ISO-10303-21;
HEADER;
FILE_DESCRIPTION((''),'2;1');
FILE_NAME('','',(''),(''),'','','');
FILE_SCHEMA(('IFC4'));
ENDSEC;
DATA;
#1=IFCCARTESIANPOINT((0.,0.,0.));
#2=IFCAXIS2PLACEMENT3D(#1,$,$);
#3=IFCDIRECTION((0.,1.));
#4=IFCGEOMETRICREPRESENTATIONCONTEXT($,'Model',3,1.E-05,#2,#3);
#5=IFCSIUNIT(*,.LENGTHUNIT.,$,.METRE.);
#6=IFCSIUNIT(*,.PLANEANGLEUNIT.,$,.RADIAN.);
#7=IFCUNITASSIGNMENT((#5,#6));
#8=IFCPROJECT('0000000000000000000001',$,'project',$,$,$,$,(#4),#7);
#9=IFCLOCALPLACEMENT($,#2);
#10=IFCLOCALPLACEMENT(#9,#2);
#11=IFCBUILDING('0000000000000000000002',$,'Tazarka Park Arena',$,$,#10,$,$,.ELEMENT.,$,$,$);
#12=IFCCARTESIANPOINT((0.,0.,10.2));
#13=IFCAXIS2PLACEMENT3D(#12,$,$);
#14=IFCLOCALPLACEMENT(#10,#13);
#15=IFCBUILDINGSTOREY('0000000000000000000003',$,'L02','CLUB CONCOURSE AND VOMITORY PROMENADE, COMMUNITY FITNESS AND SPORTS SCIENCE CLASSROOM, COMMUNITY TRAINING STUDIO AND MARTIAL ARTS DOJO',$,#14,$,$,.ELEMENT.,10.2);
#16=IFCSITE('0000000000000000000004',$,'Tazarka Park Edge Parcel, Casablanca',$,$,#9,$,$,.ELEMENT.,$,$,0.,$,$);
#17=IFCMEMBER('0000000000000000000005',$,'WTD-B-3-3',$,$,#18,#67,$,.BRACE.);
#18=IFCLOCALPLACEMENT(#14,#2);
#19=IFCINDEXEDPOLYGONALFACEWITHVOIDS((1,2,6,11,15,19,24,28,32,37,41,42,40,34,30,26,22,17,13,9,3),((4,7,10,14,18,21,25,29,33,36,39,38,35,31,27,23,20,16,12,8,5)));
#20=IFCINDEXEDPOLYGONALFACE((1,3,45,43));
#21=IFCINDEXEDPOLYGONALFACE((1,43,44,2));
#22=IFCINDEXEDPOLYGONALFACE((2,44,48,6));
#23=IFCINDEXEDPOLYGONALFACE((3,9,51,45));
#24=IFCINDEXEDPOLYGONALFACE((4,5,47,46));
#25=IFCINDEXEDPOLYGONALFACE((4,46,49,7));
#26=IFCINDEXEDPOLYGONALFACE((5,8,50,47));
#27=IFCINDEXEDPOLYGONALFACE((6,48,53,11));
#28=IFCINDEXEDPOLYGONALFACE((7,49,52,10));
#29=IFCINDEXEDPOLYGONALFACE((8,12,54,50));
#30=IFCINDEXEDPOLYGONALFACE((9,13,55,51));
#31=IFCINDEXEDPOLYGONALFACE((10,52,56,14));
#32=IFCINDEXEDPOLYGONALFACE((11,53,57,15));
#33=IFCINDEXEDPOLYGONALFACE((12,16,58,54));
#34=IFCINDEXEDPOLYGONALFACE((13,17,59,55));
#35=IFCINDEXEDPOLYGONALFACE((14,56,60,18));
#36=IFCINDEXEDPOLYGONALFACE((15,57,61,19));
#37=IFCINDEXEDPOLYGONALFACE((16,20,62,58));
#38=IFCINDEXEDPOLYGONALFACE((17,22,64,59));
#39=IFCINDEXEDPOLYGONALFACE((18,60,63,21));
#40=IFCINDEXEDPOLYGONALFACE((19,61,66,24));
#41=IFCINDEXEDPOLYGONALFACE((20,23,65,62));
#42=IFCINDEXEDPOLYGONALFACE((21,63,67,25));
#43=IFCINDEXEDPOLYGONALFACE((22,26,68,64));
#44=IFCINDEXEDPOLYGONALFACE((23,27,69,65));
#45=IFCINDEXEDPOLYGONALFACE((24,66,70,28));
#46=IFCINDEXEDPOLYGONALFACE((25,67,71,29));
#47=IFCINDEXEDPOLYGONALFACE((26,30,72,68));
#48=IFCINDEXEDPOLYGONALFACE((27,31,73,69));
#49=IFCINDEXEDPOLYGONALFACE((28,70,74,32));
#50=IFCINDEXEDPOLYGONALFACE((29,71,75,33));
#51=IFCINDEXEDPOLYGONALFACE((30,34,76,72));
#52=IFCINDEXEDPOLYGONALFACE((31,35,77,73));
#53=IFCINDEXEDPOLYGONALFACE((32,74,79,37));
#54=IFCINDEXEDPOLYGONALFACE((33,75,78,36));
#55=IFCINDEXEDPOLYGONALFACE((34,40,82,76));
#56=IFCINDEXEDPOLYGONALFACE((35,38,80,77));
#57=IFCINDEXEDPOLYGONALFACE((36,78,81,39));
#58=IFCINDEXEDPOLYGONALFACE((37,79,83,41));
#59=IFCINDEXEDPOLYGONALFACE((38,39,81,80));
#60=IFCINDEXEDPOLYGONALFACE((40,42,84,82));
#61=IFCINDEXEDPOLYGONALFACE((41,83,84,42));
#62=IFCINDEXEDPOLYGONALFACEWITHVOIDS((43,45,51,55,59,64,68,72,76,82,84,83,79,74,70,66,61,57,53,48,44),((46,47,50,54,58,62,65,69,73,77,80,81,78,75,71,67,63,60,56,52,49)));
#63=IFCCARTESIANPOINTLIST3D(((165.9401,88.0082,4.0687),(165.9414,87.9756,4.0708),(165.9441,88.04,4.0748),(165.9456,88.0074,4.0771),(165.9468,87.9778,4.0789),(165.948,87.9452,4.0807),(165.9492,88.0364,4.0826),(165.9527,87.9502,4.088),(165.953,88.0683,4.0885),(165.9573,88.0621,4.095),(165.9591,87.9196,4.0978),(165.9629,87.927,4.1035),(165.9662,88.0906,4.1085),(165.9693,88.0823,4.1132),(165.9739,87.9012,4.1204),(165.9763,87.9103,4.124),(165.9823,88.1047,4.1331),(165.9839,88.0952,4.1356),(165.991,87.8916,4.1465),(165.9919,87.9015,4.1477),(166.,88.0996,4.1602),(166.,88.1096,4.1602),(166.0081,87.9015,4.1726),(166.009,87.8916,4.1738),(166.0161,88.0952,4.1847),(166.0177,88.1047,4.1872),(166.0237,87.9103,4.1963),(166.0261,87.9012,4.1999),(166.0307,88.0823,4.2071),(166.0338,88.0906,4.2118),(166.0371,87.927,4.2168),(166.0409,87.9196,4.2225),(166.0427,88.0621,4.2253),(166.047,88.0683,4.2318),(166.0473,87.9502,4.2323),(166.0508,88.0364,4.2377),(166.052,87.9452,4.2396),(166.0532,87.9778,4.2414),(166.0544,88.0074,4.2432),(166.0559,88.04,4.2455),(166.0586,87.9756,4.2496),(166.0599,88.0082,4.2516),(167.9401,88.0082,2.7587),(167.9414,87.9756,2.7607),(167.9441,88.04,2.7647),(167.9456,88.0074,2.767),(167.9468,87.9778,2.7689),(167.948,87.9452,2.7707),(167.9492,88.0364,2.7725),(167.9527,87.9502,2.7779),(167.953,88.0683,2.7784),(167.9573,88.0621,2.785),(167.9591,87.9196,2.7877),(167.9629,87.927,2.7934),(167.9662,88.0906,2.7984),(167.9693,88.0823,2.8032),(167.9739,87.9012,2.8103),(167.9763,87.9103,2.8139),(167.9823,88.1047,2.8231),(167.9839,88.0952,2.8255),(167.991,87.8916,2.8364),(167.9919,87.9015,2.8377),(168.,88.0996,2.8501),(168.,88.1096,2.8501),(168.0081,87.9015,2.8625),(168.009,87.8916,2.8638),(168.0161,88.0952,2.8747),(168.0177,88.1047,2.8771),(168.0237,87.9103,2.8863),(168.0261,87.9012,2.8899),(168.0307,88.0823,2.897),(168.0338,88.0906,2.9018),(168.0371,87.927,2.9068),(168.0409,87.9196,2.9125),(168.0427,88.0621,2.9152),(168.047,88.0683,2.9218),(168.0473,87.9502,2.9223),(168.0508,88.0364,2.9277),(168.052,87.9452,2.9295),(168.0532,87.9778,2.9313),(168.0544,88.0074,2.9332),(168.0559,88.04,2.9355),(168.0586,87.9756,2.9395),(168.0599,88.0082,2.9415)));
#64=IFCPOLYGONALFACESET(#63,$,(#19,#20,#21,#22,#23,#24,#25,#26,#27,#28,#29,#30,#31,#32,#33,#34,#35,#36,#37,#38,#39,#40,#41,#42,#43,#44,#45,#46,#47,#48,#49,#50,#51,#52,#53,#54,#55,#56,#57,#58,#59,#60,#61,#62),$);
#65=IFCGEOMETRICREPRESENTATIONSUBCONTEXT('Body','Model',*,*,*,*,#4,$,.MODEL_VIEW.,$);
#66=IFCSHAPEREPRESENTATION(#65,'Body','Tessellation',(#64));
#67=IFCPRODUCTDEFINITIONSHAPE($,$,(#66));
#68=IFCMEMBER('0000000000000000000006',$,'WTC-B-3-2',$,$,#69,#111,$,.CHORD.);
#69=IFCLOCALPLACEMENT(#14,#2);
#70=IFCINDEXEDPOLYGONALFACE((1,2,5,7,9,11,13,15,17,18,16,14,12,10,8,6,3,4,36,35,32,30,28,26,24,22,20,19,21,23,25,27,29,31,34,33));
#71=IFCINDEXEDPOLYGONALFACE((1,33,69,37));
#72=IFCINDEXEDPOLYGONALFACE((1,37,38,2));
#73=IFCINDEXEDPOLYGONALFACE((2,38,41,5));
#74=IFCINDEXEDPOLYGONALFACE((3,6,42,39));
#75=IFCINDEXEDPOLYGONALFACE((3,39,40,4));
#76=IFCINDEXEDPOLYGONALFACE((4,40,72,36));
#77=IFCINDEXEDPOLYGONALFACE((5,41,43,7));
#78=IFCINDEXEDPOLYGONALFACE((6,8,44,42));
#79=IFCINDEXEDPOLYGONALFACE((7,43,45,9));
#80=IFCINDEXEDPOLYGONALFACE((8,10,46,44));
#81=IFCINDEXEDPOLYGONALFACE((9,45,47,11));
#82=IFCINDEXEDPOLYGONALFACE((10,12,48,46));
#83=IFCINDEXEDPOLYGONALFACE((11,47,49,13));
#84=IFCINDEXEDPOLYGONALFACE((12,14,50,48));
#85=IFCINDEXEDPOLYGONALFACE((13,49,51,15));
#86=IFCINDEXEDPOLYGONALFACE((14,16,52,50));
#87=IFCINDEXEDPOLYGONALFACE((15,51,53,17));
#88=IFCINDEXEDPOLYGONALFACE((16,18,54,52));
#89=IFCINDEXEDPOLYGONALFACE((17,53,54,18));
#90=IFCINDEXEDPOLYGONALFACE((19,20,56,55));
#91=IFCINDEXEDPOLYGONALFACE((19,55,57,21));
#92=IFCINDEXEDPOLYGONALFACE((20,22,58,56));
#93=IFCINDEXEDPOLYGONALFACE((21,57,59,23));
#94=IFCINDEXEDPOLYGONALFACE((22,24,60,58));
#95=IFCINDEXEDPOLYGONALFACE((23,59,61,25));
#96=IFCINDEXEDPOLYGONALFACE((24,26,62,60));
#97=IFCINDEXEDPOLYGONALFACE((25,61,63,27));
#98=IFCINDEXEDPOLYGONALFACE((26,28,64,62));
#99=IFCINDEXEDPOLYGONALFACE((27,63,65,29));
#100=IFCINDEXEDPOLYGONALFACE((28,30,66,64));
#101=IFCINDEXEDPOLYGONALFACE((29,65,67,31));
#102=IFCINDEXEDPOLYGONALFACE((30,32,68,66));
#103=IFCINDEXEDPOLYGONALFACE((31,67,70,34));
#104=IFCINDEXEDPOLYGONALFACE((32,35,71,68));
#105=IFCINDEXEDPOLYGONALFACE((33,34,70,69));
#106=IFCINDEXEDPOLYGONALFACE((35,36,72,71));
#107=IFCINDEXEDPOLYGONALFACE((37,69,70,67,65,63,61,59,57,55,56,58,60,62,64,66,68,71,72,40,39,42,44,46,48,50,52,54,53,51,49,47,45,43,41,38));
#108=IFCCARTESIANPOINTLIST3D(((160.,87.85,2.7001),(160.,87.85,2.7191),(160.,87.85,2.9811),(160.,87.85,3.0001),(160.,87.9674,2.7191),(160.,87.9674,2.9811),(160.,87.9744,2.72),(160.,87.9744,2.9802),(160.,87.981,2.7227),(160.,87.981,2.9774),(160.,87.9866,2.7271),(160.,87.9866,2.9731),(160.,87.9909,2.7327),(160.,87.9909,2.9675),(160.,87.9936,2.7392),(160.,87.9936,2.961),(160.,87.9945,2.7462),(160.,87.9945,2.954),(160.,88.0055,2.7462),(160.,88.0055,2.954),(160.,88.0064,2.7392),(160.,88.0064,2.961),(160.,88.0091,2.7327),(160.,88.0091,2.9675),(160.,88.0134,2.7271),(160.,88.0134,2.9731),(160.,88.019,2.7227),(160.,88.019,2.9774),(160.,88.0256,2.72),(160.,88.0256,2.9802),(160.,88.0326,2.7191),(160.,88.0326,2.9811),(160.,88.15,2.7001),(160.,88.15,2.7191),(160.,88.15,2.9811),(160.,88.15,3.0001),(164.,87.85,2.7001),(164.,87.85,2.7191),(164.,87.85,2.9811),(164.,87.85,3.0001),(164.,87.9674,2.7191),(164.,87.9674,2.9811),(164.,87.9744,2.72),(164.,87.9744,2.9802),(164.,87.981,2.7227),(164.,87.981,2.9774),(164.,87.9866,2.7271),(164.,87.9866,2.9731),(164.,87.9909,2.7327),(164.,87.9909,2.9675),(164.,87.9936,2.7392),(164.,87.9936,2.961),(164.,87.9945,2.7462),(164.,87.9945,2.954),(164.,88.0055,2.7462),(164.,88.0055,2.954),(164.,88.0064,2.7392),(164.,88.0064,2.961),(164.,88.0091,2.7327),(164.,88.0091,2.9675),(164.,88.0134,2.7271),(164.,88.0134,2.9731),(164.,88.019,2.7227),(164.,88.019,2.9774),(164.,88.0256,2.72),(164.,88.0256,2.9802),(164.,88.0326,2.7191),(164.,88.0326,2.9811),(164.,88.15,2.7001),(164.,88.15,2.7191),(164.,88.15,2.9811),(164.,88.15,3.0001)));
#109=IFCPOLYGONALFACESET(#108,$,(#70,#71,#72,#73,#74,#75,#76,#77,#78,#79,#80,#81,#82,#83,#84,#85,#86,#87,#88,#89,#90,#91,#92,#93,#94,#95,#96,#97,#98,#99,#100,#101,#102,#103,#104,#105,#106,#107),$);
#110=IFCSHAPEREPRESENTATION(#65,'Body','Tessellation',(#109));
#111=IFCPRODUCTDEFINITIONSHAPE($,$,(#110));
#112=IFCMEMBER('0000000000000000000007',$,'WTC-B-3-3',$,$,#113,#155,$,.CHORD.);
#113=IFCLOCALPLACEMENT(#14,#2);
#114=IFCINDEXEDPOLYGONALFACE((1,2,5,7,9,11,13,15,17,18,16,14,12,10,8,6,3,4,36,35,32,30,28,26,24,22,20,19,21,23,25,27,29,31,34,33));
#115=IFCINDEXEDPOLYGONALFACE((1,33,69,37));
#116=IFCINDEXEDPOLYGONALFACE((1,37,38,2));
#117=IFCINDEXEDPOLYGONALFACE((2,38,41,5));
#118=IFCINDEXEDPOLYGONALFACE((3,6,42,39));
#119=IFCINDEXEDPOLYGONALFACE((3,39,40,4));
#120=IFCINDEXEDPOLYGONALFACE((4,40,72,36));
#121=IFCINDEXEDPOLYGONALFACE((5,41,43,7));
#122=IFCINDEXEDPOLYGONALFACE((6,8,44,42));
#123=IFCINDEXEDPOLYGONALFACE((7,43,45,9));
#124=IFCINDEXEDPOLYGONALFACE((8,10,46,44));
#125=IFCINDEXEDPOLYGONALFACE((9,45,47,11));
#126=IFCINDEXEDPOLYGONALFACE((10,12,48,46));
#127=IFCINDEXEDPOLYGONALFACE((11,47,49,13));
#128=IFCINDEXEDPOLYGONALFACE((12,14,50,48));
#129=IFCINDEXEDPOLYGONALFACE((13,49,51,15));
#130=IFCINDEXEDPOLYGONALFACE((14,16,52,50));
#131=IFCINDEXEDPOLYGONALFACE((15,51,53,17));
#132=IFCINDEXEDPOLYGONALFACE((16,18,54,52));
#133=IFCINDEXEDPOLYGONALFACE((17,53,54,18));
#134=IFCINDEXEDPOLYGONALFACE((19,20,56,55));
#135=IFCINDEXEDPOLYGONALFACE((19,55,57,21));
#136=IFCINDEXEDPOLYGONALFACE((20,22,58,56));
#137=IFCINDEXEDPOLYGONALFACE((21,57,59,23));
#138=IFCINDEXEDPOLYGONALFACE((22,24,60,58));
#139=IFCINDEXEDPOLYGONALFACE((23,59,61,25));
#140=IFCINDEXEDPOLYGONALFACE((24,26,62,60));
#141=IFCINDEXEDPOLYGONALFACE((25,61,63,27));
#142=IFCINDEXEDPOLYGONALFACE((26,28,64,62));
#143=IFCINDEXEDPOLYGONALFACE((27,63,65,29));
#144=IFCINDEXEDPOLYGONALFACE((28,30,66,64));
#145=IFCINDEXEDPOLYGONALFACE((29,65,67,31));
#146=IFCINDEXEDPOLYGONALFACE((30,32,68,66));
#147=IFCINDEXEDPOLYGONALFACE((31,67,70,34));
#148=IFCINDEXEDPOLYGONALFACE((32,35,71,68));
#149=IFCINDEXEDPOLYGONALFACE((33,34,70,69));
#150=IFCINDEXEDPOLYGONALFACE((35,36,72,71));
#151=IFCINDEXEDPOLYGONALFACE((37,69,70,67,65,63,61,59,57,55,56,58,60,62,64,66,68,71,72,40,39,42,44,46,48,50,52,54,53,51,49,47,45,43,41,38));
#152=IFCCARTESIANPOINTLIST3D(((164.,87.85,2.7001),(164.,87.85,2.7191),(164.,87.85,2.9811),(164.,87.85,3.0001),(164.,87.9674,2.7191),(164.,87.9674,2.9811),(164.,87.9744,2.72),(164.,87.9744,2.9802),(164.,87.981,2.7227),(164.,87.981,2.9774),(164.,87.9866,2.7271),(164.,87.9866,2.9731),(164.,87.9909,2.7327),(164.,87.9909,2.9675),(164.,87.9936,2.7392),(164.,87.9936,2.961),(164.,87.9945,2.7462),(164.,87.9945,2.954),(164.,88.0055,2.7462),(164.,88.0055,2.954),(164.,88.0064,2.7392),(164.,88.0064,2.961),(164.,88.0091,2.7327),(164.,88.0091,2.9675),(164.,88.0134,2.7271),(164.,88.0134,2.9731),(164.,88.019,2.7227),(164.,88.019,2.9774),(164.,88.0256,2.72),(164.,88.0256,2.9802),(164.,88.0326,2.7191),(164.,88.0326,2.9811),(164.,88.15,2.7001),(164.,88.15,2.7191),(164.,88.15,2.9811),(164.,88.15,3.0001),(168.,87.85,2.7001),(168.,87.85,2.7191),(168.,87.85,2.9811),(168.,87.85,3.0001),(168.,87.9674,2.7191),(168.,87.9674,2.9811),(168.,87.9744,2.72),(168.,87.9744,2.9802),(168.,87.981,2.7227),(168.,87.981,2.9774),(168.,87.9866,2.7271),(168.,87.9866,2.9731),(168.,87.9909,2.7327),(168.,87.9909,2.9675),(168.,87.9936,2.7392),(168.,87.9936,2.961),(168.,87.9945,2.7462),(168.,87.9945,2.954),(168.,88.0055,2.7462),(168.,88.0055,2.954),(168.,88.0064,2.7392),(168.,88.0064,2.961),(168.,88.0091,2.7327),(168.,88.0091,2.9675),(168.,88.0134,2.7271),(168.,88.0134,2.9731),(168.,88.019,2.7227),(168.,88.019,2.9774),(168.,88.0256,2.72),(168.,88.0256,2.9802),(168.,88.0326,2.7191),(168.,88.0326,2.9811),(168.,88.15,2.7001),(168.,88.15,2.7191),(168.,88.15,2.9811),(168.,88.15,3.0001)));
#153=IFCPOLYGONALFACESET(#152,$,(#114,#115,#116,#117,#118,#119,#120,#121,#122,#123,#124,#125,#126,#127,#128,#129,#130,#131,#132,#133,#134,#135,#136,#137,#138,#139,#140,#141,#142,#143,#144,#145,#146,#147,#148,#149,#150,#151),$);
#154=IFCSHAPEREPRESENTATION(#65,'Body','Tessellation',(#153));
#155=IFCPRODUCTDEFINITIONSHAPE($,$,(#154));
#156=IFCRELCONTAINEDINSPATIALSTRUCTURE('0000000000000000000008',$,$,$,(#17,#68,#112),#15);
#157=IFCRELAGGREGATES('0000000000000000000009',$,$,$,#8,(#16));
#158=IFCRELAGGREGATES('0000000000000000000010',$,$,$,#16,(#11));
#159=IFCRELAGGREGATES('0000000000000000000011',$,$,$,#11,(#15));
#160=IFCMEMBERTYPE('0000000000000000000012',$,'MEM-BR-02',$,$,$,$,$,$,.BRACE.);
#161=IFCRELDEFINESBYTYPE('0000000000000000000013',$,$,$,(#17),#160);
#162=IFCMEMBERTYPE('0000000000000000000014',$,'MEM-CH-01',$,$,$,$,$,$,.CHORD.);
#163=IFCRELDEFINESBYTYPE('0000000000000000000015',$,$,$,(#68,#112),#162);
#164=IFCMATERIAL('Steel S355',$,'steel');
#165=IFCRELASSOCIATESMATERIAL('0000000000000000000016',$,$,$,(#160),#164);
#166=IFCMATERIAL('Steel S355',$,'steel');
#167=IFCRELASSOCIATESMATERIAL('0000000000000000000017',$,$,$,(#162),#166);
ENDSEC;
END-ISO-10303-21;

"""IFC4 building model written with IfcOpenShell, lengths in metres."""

from ifc_helpers import new_model, si_unit, direction, frame, origin, origin_2d, place, context, subcontext, project, spatial, hollow_circle, i_section, extrude, material, material_profile, profile_set, type_object, element, save


model = new_model("IFC4")

# Units and contexts
model_context = context("Model", 3, precision=1e-05, world=origin(), true_north=direction((0.0, 1.0)))
body_context = subcontext(model_context, "Body", "Model", "MODEL_VIEW")
ifc_project = project(units=[si_unit("LENGTHUNIT", "METRE"), si_unit("PLANEANGLEUNIT", "RADIAN")], contexts=[model_context])

# Site, building, storey
site_placement = place(None, origin())
site = spatial("IfcSite", under=ifc_project, at=site_placement, Name="Tazarka Park Edge Parcel, Casablanca", CompositionType="ELEMENT", RefElevation=0.0)
building_placement = place(site_placement, origin())
building = spatial("IfcBuilding", under=site, at=building_placement, Name="Tazarka Park Arena", CompositionType="ELEMENT")
storey_placement = place(building_placement, frame((0.0, 0.0, 10.2)))
storey = spatial("IfcBuildingStorey", under=building, at=storey_placement, Name="L02", Description="CLUB CONCOURSE AND VOMITORY PROMENADE, COMMUNITY FITNESS AND SPORTS SCIENCE CLASSROOM, COMMUNITY TRAINING STUDIO AND MARTIAL ARTS DOJO", CompositionType="ELEMENT", Elevation=10.2)

# Members
ifc_material_1 = material(Name="Steel S355", Category="steel")
ifc_material_profile_1 = material_profile(ifc_material_1, hollow_circle(Radius=0.1096, WallThickness=0.01, at=origin_2d()), Name="Steel S355")
ifc_profile_set_1 = profile_set([ifc_material_profile_1], Name="Steel S355")
member_type_1 = type_object("IfcMemberType", Name="MEM-BR-02", PredefinedType="BRACE", material=ifc_profile_set_1)
for number, where, z_axis, x_axis, name in (
    (1, (166.0, 88.0, 4.1602), (0.836516, 0.0, -0.547942), (0.0, 1.0, 0.0), "WTD-B-3-3"),
):
    element("IfcMember", number, at=place(storey_placement, frame(where, z_axis=z_axis, x_axis=x_axis)), inside=storey, type_object=member_type_1, Name=name, PredefinedType="BRACE", context=body_context, shape_type="SweptSolid", body=[
        extrude(hollow_circle(Radius=0.1096, WallThickness=0.01, at=origin_2d()), origin(), (0.0, 0.0, 1.0), 2.3909),
    ])
ifc_material_2 = material(Name="Steel S355", Category="steel")
ifc_material_profile_2 = material_profile(ifc_material_2, i_section(OverallWidth=0.3, OverallDepth=0.3, WebThickness=0.011, FlangeThickness=0.019, FilletRadius=0.0271, at=origin_2d()), Name="Steel S355")
ifc_profile_set_2 = profile_set([ifc_material_profile_2], Name="Steel S355")
member_type_2 = type_object("IfcMemberType", Name="MEM-CH-01", PredefinedType="CHORD", material=ifc_profile_set_2)
for number, where, z_axis, x_axis, name in (
    (2, (160.0, 88.0, 2.8501), (1.0, 0.0, 0.0), (0.0, 1.0, 0.0), "WTC-B-3-2"),
    (3, (164.0, 88.0, 2.8501), (1.0, 0.0, 0.0), (0.0, 1.0, 0.0), "WTC-B-3-3"),
):
    element("IfcMember", number, at=place(storey_placement, frame(where, z_axis=z_axis, x_axis=x_axis)), inside=storey, type_object=member_type_2, Name=name, PredefinedType="CHORD", context=body_context, shape_type="SweptSolid", body=[
        extrude(i_section(OverallWidth=0.3, OverallDepth=0.3, WebThickness=0.011, FlangeThickness=0.019, FilletRadius=0.0271, at=origin_2d()), origin(), (0.0, 0.0, 1.0), 4.0),
    ])

save(model, "model.ifc")
